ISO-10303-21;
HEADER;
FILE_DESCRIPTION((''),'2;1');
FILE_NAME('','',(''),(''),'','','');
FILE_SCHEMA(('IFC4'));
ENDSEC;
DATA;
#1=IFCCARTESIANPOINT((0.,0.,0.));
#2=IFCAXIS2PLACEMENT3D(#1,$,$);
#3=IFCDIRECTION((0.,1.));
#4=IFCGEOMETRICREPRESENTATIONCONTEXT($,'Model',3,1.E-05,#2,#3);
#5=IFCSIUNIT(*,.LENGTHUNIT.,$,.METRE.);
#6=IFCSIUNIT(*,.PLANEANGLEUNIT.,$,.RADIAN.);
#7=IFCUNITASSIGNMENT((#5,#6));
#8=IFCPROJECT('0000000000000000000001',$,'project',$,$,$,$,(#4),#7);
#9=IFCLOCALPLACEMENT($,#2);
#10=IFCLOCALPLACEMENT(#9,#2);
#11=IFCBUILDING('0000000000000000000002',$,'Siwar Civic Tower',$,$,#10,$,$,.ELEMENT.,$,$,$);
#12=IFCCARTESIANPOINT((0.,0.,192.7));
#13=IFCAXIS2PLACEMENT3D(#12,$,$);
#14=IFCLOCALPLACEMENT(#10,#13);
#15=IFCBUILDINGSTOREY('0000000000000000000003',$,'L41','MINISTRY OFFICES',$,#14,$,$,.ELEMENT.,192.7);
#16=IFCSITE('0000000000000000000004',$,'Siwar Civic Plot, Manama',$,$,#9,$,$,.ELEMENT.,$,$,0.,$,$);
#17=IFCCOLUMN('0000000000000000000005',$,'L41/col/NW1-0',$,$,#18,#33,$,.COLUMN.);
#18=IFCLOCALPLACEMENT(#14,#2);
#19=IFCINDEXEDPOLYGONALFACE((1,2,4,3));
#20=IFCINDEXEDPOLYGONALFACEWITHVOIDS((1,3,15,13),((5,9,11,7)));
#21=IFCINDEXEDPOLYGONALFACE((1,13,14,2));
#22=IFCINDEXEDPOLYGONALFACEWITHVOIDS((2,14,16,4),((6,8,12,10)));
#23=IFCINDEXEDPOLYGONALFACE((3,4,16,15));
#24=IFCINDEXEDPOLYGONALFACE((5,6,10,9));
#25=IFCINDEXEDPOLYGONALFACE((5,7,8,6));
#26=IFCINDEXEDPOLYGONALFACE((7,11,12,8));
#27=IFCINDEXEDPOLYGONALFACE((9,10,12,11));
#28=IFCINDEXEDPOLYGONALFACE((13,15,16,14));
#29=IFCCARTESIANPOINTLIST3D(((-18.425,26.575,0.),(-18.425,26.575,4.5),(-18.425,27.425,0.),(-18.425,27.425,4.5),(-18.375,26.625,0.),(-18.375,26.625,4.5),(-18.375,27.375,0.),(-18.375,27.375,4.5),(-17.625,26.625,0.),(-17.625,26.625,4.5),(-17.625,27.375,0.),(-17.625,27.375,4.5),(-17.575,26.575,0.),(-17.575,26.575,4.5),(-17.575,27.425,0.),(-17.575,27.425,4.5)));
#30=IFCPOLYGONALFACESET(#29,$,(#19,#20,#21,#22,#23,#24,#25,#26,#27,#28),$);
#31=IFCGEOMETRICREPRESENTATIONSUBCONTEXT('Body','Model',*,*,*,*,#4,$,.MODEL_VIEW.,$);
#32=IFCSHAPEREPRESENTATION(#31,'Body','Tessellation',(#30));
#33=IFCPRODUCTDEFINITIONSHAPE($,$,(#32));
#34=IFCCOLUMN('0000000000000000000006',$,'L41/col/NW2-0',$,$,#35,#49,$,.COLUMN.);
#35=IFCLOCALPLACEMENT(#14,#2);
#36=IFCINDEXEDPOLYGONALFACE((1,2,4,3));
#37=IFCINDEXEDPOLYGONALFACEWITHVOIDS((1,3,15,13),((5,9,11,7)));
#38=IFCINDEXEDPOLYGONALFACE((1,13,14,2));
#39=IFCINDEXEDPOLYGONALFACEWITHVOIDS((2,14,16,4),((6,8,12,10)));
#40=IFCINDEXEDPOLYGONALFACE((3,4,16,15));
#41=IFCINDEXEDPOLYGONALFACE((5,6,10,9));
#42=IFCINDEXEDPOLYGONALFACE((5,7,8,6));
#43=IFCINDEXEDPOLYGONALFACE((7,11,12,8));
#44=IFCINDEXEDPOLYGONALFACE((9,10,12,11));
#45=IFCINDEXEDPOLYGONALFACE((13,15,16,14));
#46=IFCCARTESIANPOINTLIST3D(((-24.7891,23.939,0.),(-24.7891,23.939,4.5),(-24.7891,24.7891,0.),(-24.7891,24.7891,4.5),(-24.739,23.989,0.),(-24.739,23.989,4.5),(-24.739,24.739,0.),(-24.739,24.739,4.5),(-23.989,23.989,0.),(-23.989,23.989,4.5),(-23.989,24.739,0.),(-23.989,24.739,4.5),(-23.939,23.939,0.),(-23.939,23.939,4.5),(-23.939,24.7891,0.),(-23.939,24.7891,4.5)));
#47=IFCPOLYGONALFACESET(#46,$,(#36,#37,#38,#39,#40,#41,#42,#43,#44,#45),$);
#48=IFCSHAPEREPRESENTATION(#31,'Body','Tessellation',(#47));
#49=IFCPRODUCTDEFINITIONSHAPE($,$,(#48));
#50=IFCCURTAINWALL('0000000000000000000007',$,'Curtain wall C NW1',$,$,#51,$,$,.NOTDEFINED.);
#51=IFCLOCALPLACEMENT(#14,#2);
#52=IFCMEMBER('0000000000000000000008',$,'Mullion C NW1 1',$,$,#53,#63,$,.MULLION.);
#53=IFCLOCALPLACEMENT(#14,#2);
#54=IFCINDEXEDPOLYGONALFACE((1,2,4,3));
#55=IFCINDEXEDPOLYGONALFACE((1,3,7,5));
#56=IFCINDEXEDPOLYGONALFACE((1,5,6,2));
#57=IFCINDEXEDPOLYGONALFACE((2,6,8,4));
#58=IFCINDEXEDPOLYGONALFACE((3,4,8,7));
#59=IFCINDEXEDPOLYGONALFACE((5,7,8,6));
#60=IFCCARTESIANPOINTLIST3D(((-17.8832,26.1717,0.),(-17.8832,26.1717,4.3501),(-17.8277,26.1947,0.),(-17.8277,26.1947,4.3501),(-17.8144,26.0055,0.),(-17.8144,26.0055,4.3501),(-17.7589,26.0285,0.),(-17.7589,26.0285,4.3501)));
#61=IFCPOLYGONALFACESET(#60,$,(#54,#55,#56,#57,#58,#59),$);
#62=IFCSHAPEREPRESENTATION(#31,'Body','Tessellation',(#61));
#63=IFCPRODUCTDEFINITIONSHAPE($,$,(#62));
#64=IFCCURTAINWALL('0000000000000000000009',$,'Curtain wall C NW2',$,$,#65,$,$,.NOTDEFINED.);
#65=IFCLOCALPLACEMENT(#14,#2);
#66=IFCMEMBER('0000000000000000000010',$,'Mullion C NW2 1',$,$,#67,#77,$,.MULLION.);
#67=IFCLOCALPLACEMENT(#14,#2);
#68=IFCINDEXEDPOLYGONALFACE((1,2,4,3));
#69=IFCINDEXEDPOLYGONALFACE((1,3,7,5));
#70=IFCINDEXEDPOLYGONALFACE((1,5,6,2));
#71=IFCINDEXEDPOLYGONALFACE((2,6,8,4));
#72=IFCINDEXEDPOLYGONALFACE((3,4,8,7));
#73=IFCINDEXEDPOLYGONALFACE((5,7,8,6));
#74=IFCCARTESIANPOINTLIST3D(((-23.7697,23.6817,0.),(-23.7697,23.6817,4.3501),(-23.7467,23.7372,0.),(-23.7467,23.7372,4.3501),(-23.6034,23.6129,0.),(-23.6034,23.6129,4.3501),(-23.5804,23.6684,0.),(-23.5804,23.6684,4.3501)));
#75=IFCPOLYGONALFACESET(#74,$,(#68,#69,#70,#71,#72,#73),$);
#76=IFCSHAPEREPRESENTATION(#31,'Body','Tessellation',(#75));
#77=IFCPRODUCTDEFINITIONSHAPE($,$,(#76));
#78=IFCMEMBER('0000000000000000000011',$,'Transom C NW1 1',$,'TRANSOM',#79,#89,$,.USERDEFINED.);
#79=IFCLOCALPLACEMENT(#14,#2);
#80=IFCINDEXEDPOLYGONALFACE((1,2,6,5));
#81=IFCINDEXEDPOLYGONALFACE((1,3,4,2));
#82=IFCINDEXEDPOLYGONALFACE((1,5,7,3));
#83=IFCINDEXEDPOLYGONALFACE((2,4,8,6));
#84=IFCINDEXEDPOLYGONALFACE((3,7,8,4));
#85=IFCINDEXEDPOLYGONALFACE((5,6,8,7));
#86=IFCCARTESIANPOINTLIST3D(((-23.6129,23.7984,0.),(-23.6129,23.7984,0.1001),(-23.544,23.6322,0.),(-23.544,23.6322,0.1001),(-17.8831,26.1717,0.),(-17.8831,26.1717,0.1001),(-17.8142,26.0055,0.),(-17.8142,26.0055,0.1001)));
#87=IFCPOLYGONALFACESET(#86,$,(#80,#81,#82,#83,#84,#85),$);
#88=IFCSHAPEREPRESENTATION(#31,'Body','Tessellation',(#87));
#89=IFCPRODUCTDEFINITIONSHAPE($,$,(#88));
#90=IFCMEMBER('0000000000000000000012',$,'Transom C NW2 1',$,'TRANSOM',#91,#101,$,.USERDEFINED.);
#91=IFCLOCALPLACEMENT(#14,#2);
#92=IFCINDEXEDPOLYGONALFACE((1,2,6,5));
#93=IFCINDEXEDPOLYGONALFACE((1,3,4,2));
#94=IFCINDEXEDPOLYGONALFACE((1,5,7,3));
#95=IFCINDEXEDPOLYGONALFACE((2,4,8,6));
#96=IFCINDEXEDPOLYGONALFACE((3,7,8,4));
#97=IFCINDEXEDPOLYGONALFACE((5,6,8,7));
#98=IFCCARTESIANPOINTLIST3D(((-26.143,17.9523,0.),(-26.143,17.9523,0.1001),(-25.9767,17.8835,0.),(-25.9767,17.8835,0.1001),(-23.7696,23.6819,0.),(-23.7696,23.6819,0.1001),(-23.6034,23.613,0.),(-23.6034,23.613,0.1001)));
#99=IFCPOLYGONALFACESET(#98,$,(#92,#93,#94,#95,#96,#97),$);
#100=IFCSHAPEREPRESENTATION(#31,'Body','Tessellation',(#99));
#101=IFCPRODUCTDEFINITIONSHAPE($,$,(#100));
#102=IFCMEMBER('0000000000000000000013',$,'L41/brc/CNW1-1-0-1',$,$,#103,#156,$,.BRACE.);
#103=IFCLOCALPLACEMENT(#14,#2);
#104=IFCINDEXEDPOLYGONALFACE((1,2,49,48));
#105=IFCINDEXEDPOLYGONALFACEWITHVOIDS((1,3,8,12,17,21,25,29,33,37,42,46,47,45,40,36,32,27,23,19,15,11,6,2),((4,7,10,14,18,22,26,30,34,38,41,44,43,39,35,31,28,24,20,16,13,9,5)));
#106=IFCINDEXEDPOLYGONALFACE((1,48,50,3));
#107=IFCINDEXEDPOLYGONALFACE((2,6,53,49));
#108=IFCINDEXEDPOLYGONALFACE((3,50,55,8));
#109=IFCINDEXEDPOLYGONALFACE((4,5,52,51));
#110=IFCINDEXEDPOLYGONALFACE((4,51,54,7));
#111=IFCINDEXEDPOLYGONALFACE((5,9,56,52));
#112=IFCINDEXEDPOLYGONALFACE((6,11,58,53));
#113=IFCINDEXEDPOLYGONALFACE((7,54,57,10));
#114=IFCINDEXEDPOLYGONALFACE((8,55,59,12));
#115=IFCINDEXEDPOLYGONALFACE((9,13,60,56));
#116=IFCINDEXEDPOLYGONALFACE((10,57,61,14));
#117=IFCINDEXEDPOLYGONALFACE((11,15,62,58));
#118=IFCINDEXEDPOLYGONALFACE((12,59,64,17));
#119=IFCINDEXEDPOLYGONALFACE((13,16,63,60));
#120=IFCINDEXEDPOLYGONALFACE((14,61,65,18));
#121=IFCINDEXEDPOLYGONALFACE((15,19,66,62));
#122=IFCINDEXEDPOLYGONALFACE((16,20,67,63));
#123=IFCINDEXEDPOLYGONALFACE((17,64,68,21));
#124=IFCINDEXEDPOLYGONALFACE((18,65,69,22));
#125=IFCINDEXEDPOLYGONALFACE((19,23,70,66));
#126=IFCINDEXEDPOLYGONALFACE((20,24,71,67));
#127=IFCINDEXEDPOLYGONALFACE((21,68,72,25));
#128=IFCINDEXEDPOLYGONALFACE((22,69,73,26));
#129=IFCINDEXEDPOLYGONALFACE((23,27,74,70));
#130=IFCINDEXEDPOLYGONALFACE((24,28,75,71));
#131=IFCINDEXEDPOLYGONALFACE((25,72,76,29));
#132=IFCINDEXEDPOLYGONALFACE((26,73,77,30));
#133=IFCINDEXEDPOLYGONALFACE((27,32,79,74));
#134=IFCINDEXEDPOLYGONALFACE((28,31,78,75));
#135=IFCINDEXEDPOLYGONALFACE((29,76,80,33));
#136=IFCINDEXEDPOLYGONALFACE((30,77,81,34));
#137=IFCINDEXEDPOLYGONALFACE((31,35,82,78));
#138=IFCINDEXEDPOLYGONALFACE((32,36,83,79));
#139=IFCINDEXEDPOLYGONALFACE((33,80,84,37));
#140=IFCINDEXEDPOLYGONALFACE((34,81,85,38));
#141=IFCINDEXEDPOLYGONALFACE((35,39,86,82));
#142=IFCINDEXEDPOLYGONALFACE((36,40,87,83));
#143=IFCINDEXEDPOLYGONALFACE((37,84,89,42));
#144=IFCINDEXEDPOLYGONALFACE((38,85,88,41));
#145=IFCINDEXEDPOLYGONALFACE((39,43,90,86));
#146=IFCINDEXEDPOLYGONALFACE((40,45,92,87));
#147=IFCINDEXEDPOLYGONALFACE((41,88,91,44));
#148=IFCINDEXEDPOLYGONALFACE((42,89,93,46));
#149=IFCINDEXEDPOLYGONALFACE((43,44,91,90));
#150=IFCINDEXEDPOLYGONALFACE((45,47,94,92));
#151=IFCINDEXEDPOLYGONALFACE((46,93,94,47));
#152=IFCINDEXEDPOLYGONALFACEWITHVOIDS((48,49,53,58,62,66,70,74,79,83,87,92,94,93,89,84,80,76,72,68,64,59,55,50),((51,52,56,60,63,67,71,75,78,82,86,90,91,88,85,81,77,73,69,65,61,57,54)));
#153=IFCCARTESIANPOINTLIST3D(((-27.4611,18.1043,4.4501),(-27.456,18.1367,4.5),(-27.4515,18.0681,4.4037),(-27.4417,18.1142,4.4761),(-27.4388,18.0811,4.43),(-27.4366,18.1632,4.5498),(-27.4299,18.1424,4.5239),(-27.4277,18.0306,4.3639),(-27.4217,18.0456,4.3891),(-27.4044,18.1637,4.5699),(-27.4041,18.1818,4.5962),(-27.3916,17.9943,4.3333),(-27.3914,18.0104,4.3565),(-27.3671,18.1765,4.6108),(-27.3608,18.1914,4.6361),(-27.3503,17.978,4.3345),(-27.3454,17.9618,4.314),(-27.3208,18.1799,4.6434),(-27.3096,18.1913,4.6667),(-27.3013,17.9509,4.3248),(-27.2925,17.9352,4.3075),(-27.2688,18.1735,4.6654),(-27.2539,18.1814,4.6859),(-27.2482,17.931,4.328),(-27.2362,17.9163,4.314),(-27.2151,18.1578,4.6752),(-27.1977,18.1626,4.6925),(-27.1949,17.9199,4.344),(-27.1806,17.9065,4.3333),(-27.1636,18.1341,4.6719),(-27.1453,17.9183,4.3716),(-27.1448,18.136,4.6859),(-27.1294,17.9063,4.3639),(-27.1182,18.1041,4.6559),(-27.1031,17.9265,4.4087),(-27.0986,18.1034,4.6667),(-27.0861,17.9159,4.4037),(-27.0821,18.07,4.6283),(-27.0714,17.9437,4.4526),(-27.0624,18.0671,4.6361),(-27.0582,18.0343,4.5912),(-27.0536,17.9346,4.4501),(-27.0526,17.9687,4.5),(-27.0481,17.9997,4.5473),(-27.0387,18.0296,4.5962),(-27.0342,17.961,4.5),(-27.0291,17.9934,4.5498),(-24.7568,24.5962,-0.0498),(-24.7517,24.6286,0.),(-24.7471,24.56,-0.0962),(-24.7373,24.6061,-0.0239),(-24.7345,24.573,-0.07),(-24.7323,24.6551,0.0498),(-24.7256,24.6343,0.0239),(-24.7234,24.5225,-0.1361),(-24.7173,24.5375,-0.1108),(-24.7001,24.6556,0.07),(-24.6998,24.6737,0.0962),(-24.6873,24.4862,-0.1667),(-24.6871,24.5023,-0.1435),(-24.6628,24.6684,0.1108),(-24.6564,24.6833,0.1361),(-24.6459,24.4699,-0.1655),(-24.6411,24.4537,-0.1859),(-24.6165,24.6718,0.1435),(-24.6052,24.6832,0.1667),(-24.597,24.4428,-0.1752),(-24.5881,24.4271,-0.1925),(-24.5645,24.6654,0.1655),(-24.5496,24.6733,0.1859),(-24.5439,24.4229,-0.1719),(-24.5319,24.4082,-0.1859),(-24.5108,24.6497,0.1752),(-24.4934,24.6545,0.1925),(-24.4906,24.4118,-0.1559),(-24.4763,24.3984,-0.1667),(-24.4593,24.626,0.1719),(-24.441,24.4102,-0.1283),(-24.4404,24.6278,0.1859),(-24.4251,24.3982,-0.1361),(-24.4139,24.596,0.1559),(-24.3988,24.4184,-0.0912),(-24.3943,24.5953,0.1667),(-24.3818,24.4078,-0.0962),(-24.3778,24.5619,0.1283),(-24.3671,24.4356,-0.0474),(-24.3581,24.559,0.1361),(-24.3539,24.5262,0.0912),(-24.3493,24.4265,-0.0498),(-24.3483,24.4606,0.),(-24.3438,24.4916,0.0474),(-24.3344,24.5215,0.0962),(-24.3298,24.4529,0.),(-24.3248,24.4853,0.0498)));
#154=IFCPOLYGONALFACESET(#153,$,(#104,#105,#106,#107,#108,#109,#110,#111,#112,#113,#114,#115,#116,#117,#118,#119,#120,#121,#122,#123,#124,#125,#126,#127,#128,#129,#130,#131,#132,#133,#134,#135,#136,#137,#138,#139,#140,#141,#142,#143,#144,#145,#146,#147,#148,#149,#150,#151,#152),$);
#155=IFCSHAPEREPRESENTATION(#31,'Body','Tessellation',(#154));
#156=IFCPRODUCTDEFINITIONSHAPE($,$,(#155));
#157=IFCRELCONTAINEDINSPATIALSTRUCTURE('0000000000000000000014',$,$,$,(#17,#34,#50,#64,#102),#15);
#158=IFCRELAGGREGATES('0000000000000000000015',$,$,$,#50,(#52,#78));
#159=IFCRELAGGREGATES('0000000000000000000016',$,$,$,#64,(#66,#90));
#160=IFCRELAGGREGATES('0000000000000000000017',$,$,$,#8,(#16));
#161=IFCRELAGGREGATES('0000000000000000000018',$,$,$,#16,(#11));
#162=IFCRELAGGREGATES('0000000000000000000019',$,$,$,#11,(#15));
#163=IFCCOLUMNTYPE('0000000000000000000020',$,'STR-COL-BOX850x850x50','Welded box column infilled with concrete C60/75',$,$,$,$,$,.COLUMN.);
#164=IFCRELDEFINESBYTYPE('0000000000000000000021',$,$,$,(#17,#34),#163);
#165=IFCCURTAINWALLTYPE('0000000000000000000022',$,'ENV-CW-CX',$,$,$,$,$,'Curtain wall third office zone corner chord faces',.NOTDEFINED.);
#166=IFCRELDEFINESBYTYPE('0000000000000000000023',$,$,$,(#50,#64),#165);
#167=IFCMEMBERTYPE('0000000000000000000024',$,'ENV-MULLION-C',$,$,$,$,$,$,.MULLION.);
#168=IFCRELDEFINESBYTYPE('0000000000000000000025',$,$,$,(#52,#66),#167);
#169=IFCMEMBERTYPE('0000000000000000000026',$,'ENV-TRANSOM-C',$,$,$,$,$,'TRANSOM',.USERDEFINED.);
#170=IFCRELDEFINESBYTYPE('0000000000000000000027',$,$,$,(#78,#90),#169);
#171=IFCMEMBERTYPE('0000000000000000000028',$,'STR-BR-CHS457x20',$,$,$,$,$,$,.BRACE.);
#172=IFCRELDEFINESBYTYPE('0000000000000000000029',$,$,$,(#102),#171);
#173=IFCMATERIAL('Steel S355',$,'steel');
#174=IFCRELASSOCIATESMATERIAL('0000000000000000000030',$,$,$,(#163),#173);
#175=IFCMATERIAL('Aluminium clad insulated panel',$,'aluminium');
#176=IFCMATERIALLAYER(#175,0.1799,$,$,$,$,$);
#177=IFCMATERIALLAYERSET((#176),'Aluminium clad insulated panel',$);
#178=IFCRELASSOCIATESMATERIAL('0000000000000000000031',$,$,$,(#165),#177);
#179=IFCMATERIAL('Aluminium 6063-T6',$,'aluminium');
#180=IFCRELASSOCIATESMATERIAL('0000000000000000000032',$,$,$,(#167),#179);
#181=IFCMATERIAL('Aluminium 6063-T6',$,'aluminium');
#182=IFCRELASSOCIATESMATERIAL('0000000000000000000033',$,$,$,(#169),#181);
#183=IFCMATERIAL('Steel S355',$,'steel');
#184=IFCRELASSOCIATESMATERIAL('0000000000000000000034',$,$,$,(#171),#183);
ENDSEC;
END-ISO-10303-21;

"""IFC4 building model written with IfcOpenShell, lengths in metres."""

from ifc_helpers import new_model, si_unit, direction, frame, origin, origin_2d, place, context, subcontext, project, spatial, rectangle, hollow_rectangle, hollow_circle, extrude, material, layer, layer_set, material_profile, profile_set, type_object, element, aggregate, save


model = new_model("IFC4")

# Units and contexts
model_context = context("Model", 3, precision=1e-05, world=origin(), true_north=direction((0.0, 1.0)))
body_context = subcontext(model_context, "Body", "Model", "MODEL_VIEW")
ifc_project = project(units=[si_unit("LENGTHUNIT", "METRE"), si_unit("PLANEANGLEUNIT", "RADIAN")], contexts=[model_context])

# Site, building, storey
site_placement = place(None, origin())
site = spatial("IfcSite", under=ifc_project, at=site_placement, Name="Siwar Civic Plot, Manama", CompositionType="ELEMENT", RefElevation=0.0)
building_placement = place(site_placement, origin())
building = spatial("IfcBuilding", under=site, at=building_placement, Name="Siwar Civic Tower", CompositionType="ELEMENT")
storey_placement = place(building_placement, frame((0.0, 0.0, 192.7)))
storey = spatial("IfcBuildingStorey", under=building, at=storey_placement, Name="L41", Description="MINISTRY OFFICES", CompositionType="ELEMENT", Elevation=192.7)

# Columns
ifc_material_1 = material(Name="Steel S355", Category="steel")
ifc_material_profile_1 = material_profile(ifc_material_1, hollow_rectangle(XDim=0.8501, YDim=0.8501, WallThickness=0.05, at=origin_2d()), Name="BOX850x850x50")
ifc_profile_set_1 = profile_set([ifc_material_profile_1], Name="Steel S355")
column_type = type_object("IfcColumnType", Name="STR-COL-BOX850x850x50", Description="Welded box column infilled with concrete C60/75", PredefinedType="COLUMN", material=ifc_profile_set_1)
for number, where, z_axis, x_axis, name in (
    (1, (-18.0, 27.0, 0.0), (0.0, 0.0, 1.0), (1.0, 0.0, 0.0), "L41/col/NW1-0"),
    (2, (-24.364, 24.364, 0.0), (0.0, 0.0, 1.0), (1.0, 0.0, 0.0), "L41/col/NW2-0"),
):
    element("IfcColumn", number, at=place(storey_placement, frame(where, z_axis=z_axis, x_axis=x_axis)), inside=storey, type_object=column_type, Name=name, PredefinedType="COLUMN", context=body_context, shape_type="SweptSolid", body=[
        extrude(hollow_rectangle(XDim=0.8501, YDim=0.8501, WallThickness=0.05, at=origin_2d()), origin(), (0.0, 0.0, 1.0), 4.5),
    ])

# Curtain walls, members
ifc_material_2 = material(Name="Aluminium clad insulated panel", Category="aluminium")
ifc_layer_1 = layer(ifc_material_2, 0.1799)
ifc_layer_set_1 = layer_set([ifc_layer_1], Name="Aluminium clad insulated panel")
curtain_wall_type = type_object("IfcCurtainWallType", Name="ENV-CW-CX", ElementType="Curtain wall third office zone corner chord faces", PredefinedType="NOTDEFINED", material=ifc_layer_set_1)
curtain_wall_1_placement = place(storey_placement, origin())
curtain_wall_1 = element("IfcCurtainWall", 3, at=curtain_wall_1_placement, inside=storey, type_object=curtain_wall_type, Name="Curtain wall C NW1", PredefinedType="NOTDEFINED")
ifc_material_3 = material(Name="Aluminium 6063-T6", Category="aluminium")
ifc_material_profile_2 = material_profile(ifc_material_3, rectangle(XDim=0.1799, YDim=0.0601, at=origin_2d()), Name="AL 180x60")
ifc_profile_set_2 = profile_set([ifc_material_profile_2], Name="Aluminium 6063-T6")
member_type_1 = type_object("IfcMemberType", Name="ENV-MULLION-C", PredefinedType="MULLION", material=ifc_profile_set_2)
member_1_placement = place(storey_placement, frame((-17.821, 26.1001, 0.0), z_axis=(0.0, 0.0, 1.0), x_axis=(0.382683, -0.92388, 0.0)))
member_1 = element("IfcMember", 4, at=member_1_placement, type_object=member_type_1, Name="Mullion C NW1 1", PredefinedType="MULLION", context=body_context, shape_type="SweptSolid", body=[
    extrude(rectangle(XDim=0.1799, YDim=0.0601, at=origin_2d()), origin(), (0.0, 0.0, 1.0), 4.3501),
])
curtain_wall_2_placement = place(storey_placement, origin())
curtain_wall_2 = element("IfcCurtainWall", 5, at=curtain_wall_2_placement, inside=storey, type_object=curtain_wall_type, Name="Curtain wall C NW2", PredefinedType="NOTDEFINED")
member_2_placement = place(storey_placement, frame((-23.675, 23.675, 0.0), z_axis=(0.0, 0.0, 1.0), x_axis=(0.92388, -0.382683, 0.0)))
member_2 = element("IfcMember", 6, at=member_2_placement, type_object=member_type_1, Name="Mullion C NW2 1", PredefinedType="MULLION", context=body_context, shape_type="SweptSolid", body=[
    extrude(rectangle(XDim=0.1799, YDim=0.0601, at=origin_2d()), origin(), (0.0, 0.0, 1.0), 4.3501),
])

# Members
ifc_material_4 = material(Name="Aluminium 6063-T6", Category="aluminium")
ifc_material_profile_3 = material_profile(ifc_material_4, rectangle(XDim=0.1799, YDim=0.1001, at=origin_2d()), Name="AL 180x100")
ifc_profile_set_3 = profile_set([ifc_material_profile_3], Name="Aluminium 6063-T6")
member_type_2 = type_object("IfcMemberType", Name="ENV-TRANSOM-C", ElementType="TRANSOM", PredefinedType="USERDEFINED", material=ifc_profile_set_3)
member_3_placement = place(storey_placement, frame((-17.8486, 26.0886, 0.05), z_axis=(-0.923882, -0.382677, 0.0), x_axis=(0.382677, -0.923882, 0.0)))
member_3 = element("IfcMember", 7, at=member_3_placement, type_object=member_type_2, Name="Transom C NW1 1", ObjectType="TRANSOM", PredefinedType="USERDEFINED", context=body_context, shape_type="SweptSolid", body=[
    extrude(rectangle(XDim=0.1799, YDim=0.1001, at=origin_2d()), origin(), (0.0, 0.0, 1.0), 6.2019),
])
member_4_placement = place(storey_placement, frame((-23.6865, 23.6475, 0.05), z_axis=(-0.382691, -0.923876, 0.0), x_axis=(0.923876, -0.382691, 0.0)))
member_4 = element("IfcMember", 8, at=member_4_placement, type_object=member_type_2, Name="Transom C NW2 1", ObjectType="TRANSOM", PredefinedType="USERDEFINED", context=body_context, shape_type="SweptSolid", body=[
    extrude(rectangle(XDim=0.1799, YDim=0.1001, at=origin_2d()), origin(), (0.0, 0.0, 1.0), 6.2017),
])

# Member
ifc_material_5 = material(Name="Steel S355", Category="steel")
ifc_material_profile_4 = material_profile(ifc_material_5, hollow_circle(Radius=0.2285, WallThickness=0.02, at=origin_2d()), Name="CHS457x20")
ifc_profile_set_4 = profile_set([ifc_material_profile_4], Name="Steel S355")
member_type_3 = type_object("IfcMemberType", Name="STR-BR-CHS457x20", PredefinedType="BRACE", material=ifc_profile_set_4)
member_5_placement = place(storey_placement, frame((-24.5408, 24.5408, 0.0), z_axis=(-0.323906, -0.777555, 0.538975), x_axis=(0.923109, -0.384539, 0.0)))
element("IfcMember", 9, at=member_5_placement, inside=storey, type_object=member_type_3, Name="L41/brc/CNW1-1-0-1", PredefinedType="BRACE", context=body_context, shape_type="SweptSolid", body=[
    extrude(hollow_circle(Radius=0.2285, WallThickness=0.02, at=origin_2d()), origin(), (0.0, 0.0, 1.0), 8.3491),
])

aggregate(curtain_wall_1, [member_1, member_3])
aggregate(curtain_wall_2, [member_2, member_4])

save(model, "model.ifc")
